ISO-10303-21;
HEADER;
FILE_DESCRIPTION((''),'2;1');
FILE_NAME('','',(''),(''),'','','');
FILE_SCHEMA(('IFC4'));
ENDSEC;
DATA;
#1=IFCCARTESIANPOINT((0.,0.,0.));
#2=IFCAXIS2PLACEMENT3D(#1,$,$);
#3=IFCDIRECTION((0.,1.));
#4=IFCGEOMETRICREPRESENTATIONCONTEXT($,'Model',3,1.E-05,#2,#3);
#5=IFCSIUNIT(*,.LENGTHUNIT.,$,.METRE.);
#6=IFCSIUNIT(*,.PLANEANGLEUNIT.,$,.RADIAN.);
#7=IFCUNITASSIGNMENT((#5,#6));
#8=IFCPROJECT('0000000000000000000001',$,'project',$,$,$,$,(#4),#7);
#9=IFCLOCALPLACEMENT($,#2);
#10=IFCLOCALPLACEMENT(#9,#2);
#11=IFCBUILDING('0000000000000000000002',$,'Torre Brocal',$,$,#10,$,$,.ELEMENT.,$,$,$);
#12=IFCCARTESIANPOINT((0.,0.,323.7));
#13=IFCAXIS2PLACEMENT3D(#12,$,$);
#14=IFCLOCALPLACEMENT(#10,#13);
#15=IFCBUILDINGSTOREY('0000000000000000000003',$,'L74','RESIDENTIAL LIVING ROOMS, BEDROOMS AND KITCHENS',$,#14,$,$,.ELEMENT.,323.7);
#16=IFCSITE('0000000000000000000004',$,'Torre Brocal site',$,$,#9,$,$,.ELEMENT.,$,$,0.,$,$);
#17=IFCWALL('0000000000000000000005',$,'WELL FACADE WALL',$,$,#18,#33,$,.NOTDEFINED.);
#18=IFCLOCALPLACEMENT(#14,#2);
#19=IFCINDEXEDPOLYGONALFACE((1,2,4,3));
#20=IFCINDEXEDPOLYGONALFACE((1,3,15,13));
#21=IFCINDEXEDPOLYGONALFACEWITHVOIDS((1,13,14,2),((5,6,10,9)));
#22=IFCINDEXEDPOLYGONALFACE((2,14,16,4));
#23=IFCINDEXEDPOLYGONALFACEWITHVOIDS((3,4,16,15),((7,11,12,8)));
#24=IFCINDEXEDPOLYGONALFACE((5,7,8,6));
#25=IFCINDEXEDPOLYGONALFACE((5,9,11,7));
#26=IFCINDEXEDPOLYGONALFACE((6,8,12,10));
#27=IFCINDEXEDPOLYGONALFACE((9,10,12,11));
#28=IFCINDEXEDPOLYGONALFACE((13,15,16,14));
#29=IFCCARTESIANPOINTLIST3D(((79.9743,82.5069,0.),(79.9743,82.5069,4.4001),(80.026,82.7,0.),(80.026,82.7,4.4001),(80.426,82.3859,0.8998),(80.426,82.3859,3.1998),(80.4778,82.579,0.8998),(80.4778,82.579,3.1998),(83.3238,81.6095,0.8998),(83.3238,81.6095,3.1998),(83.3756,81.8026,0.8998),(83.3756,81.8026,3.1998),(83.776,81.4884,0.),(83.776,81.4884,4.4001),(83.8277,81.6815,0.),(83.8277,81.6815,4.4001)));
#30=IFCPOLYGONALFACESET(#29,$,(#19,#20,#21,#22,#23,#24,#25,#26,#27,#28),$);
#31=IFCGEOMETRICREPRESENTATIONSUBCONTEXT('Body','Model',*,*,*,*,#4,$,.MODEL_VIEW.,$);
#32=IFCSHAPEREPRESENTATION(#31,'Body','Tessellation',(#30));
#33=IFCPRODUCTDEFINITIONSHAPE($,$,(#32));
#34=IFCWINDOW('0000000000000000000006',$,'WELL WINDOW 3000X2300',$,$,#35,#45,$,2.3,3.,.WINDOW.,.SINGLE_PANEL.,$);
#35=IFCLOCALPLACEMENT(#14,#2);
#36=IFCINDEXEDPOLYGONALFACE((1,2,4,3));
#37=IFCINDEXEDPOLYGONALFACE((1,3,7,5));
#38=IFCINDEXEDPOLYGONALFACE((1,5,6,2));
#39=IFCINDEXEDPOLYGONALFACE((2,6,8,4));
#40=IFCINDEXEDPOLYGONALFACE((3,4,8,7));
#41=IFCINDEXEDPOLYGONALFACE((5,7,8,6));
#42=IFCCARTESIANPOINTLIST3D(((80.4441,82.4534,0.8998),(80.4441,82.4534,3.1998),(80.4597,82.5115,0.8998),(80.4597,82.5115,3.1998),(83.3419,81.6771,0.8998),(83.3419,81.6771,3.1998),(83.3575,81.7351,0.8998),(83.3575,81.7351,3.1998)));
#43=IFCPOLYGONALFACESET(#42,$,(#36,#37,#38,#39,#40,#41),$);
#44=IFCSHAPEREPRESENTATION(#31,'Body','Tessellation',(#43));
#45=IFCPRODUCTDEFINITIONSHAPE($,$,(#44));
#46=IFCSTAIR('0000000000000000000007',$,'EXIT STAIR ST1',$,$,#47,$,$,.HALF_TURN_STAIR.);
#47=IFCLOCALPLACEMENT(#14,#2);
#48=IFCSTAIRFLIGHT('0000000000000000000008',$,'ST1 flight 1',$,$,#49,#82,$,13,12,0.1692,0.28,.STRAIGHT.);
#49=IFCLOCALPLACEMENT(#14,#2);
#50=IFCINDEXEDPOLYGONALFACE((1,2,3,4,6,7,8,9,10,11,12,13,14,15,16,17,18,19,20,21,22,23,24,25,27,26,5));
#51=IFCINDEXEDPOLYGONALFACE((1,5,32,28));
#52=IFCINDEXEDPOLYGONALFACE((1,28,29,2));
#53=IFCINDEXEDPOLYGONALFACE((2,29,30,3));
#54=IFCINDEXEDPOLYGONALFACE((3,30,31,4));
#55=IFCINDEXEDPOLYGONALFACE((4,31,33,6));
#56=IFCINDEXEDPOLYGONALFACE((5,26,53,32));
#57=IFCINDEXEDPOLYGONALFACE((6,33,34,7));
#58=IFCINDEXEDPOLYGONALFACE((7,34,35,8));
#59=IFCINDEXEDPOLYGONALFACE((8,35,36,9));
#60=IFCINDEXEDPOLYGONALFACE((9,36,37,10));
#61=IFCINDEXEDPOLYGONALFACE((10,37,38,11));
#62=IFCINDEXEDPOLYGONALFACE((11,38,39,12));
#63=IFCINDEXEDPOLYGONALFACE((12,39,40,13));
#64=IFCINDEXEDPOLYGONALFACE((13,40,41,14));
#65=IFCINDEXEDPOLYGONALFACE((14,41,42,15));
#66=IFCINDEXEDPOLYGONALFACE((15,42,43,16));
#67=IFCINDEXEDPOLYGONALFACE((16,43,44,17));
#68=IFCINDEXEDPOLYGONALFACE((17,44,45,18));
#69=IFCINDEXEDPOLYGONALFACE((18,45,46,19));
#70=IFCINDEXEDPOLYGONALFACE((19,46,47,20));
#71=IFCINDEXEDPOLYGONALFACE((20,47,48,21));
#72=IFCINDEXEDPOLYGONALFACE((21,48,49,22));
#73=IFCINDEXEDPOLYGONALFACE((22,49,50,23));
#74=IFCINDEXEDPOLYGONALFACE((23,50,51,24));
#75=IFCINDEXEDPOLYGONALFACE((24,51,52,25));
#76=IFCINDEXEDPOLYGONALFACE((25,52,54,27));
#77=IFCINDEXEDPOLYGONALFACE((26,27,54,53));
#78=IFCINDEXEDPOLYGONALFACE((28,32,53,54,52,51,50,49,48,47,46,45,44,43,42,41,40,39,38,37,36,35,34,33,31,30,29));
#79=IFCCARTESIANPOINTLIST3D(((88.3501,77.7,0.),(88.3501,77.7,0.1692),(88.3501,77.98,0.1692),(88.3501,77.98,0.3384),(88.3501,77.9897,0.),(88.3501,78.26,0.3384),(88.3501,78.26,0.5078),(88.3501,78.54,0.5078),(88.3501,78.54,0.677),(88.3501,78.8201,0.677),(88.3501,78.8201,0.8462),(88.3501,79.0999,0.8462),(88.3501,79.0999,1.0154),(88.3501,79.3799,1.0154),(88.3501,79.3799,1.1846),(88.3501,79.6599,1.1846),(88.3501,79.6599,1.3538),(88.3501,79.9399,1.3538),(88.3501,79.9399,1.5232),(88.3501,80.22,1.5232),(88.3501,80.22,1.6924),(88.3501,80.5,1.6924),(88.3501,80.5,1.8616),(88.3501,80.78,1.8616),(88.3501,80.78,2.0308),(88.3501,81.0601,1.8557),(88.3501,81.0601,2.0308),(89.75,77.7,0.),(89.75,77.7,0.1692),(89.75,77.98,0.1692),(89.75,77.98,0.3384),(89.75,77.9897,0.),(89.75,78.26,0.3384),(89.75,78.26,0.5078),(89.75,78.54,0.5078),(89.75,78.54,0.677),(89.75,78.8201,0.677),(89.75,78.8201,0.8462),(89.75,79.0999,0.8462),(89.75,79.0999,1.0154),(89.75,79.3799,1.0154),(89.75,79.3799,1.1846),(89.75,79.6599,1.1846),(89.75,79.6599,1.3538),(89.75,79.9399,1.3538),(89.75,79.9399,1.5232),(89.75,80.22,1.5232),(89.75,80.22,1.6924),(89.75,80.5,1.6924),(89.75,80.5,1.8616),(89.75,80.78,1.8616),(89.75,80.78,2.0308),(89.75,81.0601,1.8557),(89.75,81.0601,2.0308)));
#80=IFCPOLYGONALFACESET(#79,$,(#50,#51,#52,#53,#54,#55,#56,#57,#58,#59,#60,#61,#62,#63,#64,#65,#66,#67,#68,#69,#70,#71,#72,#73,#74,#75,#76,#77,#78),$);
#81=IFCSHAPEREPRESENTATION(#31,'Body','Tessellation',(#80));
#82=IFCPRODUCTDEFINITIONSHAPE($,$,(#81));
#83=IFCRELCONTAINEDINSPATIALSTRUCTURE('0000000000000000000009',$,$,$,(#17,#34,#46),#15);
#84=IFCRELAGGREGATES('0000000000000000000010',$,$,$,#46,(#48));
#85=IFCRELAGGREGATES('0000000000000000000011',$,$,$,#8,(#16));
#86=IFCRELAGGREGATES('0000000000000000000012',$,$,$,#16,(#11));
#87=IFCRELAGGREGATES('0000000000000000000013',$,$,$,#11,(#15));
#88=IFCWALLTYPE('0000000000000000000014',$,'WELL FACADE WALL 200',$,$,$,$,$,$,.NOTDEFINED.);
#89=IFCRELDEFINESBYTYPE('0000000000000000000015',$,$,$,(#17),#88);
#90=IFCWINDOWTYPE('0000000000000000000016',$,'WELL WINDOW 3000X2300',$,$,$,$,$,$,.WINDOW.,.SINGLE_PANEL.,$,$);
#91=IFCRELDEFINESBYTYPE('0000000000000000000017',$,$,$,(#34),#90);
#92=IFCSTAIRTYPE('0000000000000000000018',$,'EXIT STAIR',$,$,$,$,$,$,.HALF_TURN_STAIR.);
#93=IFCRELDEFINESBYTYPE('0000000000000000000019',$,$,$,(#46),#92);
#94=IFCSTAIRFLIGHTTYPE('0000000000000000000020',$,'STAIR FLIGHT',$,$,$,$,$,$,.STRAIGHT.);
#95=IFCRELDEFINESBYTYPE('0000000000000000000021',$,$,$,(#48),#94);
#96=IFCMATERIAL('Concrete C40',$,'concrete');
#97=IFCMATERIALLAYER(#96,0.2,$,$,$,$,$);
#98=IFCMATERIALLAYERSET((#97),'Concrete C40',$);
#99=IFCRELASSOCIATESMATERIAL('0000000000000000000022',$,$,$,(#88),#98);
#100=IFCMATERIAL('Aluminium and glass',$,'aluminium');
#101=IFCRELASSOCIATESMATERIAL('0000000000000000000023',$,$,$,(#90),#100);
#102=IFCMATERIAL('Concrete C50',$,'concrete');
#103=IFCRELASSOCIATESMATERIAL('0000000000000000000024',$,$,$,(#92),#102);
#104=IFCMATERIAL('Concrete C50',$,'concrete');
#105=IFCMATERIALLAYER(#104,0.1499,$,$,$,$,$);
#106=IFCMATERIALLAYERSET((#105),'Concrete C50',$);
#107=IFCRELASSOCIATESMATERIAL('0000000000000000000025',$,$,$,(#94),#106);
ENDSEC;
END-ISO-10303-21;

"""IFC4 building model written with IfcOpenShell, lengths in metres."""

from ifc_helpers import new_model, si_unit, direction, frame, frame_2d, origin, place, context, subcontext, project, spatial, polyline, rectangle, outline, extrude, material, layer, layer_set, type_object, element, fill, aggregate, save


model = new_model("IFC4")

# Units and contexts
model_context = context("Model", 3, precision=1e-05, world=origin(), true_north=direction((0.0, 1.0)))
body_context = subcontext(model_context, "Body", "Model", "MODEL_VIEW")
ifc_project = project(units=[si_unit("LENGTHUNIT", "METRE"), si_unit("PLANEANGLEUNIT", "RADIAN")], contexts=[model_context])

# Site, building, storey
site_placement = place(None, origin())
site = spatial("IfcSite", under=ifc_project, at=site_placement, Name="Torre Brocal site", CompositionType="ELEMENT", RefElevation=0.0)
building_placement = place(site_placement, origin())
building = spatial("IfcBuilding", under=site, at=building_placement, Name="Torre Brocal", CompositionType="ELEMENT")
storey_placement = place(building_placement, frame((0.0, 0.0, 323.7)))
storey = spatial("IfcBuildingStorey", under=building, at=storey_placement, Name="L74", Description="RESIDENTIAL LIVING ROOMS, BEDROOMS AND KITCHENS", CompositionType="ELEMENT", Elevation=323.7)

# Wall, opening, window
ifc_material_1 = material(Name="Concrete C40", Category="concrete")
ifc_layer_1 = layer(ifc_material_1, 0.2)
ifc_layer_set_1 = layer_set([ifc_layer_1], Name="Concrete C40")
wall_type_1 = type_object("IfcWallType", Name="WELL FACADE WALL 200", PredefinedType="NOTDEFINED", material=ifc_layer_set_1)
ifc_material_2 = material(Name="Aluminium and glass", Category="aluminium")
window_type = type_object("IfcWindowType", Name="WELL WINDOW 3000X2300", PartitioningType="SINGLE_PANEL", PredefinedType="WINDOW", material=ifc_material_2)
wall_1_placement = place(storey_placement, frame((83.8018, 81.585, 0.0), z_axis=(0.0, 0.0, 1.0), x_axis=(-0.965934, 0.25879, 0.0)))
wall_1 = element("IfcWall", 1, at=wall_1_placement, inside=storey, type_object=wall_type_1, Name="WELL FACADE WALL", PredefinedType="NOTDEFINED", context=body_context, shape_type="SweptSolid", body=[
    extrude(rectangle(XDim=3.9358, YDim=0.2, at=frame_2d((1.9678, 0.0))), origin(), (0.0, 0.0, 1.0), 4.4001),
])
opening_1_placement = place(wall_1_placement, frame((0.468, 0.0, 0.8999)))
opening_1 = element("IfcOpeningElement", 2, at=opening_1_placement, cuts=wall_1, PredefinedType="OPENING", context=body_context, shape_type="SweptSolid", body=[
    extrude(rectangle(XDim=3.0, YDim=2.3, at=frame_2d((1.5, 1.1499))), frame((0.0, 0.1099, 0.0), z_axis=(0.0, -1.0, 0.0), x_axis=(1.0, 0.0, 0.0)), (0.0, 0.0, 1.0), 0.22),
])
window_1_placement = place(opening_1_placement, origin())
window_1 = element("IfcWindow", 3, at=window_1_placement, inside=storey, type_object=window_type, Name="WELL WINDOW 3000X2300", OverallHeight=2.3, OverallWidth=3.0, PartitioningType="SINGLE_PANEL", PredefinedType="WINDOW", context=body_context, shape_type="SweptSolid", body=[
    extrude(rectangle(XDim=3.0, YDim=2.3, at=frame_2d((1.5, 1.1499))), frame((0.0, 0.03, 0.0), z_axis=(0.0, -1.0, 0.0), x_axis=(1.0, 0.0, 0.0)), (0.0, 0.0, 1.0), 0.0601),
])
fill(opening_1, window_1)

# Stair, stair flight
ifc_material_3 = material(Name="Concrete C50", Category="concrete")
stair_type = type_object("IfcStairType", Name="EXIT STAIR", PredefinedType="HALF_TURN_STAIR", material=ifc_material_3)
stair_placement = place(storey_placement, origin())
stair = element("IfcStair", 4, at=stair_placement, inside=storey, type_object=stair_type, Name="EXIT STAIR ST1", PredefinedType="HALF_TURN_STAIR")
ifc_material_4 = material(Name="Concrete C50", Category="concrete")
ifc_layer_2 = layer(ifc_material_4, 0.1499)
ifc_layer_set_2 = layer_set([ifc_layer_2], Name="Concrete C50")
stair_flight_type = type_object("IfcStairFlightType", Name="STAIR FLIGHT", PredefinedType="STRAIGHT", material=ifc_layer_set_2)
stair_flight_placement = place(storey_placement, frame((89.05, 77.7, 0.0), z_axis=(0.0, 0.0, 1.0), x_axis=(0.0, 1.0, 0.0)))
stair_flight = element("IfcStairFlight", 5, at=stair_flight_placement, type_object=stair_flight_type, Name="ST1 flight 1", NumberOfRisers=13, NumberOfTreads=12, PredefinedType="STRAIGHT", RiserHeight=0.1692, TreadLength=0.28, context=body_context, shape_type="SweptSolid", body=[
    extrude(outline(polyline([(0.0, 0.0), (0.0, 0.1692), (0.28, 0.1692), (0.28, 0.3384), (0.5601, 0.3384), (0.5601, 0.5078), (0.8401, 0.5078), (0.8401, 0.677), (1.1201, 0.677), (1.1201, 0.8462), (1.3999, 0.8462), (1.3999, 1.0154), (1.6799, 1.0154), (1.6799, 1.1846), (1.96, 1.1846), (1.96, 1.3538), (2.24, 1.3538), (2.24, 1.5232), (2.52, 1.5232), (2.52, 1.6924), (2.8, 1.6924), (2.8, 1.8616), (3.0801, 1.8616), (3.0801, 2.0308), (3.3601, 2.0308), (3.3601, 2.2), (3.3601, 1.8557), (0.2898, 0.0), (0.0, 0.0)])), frame((0.0, 0.7, 0.0), z_axis=(0.0, -1.0, 0.0), x_axis=(1.0, 0.0, 0.0)), (0.0, 0.0, 1.0), 1.3999),
])
aggregate(stair, [stair_flight])

save(model, "model.ifc")
